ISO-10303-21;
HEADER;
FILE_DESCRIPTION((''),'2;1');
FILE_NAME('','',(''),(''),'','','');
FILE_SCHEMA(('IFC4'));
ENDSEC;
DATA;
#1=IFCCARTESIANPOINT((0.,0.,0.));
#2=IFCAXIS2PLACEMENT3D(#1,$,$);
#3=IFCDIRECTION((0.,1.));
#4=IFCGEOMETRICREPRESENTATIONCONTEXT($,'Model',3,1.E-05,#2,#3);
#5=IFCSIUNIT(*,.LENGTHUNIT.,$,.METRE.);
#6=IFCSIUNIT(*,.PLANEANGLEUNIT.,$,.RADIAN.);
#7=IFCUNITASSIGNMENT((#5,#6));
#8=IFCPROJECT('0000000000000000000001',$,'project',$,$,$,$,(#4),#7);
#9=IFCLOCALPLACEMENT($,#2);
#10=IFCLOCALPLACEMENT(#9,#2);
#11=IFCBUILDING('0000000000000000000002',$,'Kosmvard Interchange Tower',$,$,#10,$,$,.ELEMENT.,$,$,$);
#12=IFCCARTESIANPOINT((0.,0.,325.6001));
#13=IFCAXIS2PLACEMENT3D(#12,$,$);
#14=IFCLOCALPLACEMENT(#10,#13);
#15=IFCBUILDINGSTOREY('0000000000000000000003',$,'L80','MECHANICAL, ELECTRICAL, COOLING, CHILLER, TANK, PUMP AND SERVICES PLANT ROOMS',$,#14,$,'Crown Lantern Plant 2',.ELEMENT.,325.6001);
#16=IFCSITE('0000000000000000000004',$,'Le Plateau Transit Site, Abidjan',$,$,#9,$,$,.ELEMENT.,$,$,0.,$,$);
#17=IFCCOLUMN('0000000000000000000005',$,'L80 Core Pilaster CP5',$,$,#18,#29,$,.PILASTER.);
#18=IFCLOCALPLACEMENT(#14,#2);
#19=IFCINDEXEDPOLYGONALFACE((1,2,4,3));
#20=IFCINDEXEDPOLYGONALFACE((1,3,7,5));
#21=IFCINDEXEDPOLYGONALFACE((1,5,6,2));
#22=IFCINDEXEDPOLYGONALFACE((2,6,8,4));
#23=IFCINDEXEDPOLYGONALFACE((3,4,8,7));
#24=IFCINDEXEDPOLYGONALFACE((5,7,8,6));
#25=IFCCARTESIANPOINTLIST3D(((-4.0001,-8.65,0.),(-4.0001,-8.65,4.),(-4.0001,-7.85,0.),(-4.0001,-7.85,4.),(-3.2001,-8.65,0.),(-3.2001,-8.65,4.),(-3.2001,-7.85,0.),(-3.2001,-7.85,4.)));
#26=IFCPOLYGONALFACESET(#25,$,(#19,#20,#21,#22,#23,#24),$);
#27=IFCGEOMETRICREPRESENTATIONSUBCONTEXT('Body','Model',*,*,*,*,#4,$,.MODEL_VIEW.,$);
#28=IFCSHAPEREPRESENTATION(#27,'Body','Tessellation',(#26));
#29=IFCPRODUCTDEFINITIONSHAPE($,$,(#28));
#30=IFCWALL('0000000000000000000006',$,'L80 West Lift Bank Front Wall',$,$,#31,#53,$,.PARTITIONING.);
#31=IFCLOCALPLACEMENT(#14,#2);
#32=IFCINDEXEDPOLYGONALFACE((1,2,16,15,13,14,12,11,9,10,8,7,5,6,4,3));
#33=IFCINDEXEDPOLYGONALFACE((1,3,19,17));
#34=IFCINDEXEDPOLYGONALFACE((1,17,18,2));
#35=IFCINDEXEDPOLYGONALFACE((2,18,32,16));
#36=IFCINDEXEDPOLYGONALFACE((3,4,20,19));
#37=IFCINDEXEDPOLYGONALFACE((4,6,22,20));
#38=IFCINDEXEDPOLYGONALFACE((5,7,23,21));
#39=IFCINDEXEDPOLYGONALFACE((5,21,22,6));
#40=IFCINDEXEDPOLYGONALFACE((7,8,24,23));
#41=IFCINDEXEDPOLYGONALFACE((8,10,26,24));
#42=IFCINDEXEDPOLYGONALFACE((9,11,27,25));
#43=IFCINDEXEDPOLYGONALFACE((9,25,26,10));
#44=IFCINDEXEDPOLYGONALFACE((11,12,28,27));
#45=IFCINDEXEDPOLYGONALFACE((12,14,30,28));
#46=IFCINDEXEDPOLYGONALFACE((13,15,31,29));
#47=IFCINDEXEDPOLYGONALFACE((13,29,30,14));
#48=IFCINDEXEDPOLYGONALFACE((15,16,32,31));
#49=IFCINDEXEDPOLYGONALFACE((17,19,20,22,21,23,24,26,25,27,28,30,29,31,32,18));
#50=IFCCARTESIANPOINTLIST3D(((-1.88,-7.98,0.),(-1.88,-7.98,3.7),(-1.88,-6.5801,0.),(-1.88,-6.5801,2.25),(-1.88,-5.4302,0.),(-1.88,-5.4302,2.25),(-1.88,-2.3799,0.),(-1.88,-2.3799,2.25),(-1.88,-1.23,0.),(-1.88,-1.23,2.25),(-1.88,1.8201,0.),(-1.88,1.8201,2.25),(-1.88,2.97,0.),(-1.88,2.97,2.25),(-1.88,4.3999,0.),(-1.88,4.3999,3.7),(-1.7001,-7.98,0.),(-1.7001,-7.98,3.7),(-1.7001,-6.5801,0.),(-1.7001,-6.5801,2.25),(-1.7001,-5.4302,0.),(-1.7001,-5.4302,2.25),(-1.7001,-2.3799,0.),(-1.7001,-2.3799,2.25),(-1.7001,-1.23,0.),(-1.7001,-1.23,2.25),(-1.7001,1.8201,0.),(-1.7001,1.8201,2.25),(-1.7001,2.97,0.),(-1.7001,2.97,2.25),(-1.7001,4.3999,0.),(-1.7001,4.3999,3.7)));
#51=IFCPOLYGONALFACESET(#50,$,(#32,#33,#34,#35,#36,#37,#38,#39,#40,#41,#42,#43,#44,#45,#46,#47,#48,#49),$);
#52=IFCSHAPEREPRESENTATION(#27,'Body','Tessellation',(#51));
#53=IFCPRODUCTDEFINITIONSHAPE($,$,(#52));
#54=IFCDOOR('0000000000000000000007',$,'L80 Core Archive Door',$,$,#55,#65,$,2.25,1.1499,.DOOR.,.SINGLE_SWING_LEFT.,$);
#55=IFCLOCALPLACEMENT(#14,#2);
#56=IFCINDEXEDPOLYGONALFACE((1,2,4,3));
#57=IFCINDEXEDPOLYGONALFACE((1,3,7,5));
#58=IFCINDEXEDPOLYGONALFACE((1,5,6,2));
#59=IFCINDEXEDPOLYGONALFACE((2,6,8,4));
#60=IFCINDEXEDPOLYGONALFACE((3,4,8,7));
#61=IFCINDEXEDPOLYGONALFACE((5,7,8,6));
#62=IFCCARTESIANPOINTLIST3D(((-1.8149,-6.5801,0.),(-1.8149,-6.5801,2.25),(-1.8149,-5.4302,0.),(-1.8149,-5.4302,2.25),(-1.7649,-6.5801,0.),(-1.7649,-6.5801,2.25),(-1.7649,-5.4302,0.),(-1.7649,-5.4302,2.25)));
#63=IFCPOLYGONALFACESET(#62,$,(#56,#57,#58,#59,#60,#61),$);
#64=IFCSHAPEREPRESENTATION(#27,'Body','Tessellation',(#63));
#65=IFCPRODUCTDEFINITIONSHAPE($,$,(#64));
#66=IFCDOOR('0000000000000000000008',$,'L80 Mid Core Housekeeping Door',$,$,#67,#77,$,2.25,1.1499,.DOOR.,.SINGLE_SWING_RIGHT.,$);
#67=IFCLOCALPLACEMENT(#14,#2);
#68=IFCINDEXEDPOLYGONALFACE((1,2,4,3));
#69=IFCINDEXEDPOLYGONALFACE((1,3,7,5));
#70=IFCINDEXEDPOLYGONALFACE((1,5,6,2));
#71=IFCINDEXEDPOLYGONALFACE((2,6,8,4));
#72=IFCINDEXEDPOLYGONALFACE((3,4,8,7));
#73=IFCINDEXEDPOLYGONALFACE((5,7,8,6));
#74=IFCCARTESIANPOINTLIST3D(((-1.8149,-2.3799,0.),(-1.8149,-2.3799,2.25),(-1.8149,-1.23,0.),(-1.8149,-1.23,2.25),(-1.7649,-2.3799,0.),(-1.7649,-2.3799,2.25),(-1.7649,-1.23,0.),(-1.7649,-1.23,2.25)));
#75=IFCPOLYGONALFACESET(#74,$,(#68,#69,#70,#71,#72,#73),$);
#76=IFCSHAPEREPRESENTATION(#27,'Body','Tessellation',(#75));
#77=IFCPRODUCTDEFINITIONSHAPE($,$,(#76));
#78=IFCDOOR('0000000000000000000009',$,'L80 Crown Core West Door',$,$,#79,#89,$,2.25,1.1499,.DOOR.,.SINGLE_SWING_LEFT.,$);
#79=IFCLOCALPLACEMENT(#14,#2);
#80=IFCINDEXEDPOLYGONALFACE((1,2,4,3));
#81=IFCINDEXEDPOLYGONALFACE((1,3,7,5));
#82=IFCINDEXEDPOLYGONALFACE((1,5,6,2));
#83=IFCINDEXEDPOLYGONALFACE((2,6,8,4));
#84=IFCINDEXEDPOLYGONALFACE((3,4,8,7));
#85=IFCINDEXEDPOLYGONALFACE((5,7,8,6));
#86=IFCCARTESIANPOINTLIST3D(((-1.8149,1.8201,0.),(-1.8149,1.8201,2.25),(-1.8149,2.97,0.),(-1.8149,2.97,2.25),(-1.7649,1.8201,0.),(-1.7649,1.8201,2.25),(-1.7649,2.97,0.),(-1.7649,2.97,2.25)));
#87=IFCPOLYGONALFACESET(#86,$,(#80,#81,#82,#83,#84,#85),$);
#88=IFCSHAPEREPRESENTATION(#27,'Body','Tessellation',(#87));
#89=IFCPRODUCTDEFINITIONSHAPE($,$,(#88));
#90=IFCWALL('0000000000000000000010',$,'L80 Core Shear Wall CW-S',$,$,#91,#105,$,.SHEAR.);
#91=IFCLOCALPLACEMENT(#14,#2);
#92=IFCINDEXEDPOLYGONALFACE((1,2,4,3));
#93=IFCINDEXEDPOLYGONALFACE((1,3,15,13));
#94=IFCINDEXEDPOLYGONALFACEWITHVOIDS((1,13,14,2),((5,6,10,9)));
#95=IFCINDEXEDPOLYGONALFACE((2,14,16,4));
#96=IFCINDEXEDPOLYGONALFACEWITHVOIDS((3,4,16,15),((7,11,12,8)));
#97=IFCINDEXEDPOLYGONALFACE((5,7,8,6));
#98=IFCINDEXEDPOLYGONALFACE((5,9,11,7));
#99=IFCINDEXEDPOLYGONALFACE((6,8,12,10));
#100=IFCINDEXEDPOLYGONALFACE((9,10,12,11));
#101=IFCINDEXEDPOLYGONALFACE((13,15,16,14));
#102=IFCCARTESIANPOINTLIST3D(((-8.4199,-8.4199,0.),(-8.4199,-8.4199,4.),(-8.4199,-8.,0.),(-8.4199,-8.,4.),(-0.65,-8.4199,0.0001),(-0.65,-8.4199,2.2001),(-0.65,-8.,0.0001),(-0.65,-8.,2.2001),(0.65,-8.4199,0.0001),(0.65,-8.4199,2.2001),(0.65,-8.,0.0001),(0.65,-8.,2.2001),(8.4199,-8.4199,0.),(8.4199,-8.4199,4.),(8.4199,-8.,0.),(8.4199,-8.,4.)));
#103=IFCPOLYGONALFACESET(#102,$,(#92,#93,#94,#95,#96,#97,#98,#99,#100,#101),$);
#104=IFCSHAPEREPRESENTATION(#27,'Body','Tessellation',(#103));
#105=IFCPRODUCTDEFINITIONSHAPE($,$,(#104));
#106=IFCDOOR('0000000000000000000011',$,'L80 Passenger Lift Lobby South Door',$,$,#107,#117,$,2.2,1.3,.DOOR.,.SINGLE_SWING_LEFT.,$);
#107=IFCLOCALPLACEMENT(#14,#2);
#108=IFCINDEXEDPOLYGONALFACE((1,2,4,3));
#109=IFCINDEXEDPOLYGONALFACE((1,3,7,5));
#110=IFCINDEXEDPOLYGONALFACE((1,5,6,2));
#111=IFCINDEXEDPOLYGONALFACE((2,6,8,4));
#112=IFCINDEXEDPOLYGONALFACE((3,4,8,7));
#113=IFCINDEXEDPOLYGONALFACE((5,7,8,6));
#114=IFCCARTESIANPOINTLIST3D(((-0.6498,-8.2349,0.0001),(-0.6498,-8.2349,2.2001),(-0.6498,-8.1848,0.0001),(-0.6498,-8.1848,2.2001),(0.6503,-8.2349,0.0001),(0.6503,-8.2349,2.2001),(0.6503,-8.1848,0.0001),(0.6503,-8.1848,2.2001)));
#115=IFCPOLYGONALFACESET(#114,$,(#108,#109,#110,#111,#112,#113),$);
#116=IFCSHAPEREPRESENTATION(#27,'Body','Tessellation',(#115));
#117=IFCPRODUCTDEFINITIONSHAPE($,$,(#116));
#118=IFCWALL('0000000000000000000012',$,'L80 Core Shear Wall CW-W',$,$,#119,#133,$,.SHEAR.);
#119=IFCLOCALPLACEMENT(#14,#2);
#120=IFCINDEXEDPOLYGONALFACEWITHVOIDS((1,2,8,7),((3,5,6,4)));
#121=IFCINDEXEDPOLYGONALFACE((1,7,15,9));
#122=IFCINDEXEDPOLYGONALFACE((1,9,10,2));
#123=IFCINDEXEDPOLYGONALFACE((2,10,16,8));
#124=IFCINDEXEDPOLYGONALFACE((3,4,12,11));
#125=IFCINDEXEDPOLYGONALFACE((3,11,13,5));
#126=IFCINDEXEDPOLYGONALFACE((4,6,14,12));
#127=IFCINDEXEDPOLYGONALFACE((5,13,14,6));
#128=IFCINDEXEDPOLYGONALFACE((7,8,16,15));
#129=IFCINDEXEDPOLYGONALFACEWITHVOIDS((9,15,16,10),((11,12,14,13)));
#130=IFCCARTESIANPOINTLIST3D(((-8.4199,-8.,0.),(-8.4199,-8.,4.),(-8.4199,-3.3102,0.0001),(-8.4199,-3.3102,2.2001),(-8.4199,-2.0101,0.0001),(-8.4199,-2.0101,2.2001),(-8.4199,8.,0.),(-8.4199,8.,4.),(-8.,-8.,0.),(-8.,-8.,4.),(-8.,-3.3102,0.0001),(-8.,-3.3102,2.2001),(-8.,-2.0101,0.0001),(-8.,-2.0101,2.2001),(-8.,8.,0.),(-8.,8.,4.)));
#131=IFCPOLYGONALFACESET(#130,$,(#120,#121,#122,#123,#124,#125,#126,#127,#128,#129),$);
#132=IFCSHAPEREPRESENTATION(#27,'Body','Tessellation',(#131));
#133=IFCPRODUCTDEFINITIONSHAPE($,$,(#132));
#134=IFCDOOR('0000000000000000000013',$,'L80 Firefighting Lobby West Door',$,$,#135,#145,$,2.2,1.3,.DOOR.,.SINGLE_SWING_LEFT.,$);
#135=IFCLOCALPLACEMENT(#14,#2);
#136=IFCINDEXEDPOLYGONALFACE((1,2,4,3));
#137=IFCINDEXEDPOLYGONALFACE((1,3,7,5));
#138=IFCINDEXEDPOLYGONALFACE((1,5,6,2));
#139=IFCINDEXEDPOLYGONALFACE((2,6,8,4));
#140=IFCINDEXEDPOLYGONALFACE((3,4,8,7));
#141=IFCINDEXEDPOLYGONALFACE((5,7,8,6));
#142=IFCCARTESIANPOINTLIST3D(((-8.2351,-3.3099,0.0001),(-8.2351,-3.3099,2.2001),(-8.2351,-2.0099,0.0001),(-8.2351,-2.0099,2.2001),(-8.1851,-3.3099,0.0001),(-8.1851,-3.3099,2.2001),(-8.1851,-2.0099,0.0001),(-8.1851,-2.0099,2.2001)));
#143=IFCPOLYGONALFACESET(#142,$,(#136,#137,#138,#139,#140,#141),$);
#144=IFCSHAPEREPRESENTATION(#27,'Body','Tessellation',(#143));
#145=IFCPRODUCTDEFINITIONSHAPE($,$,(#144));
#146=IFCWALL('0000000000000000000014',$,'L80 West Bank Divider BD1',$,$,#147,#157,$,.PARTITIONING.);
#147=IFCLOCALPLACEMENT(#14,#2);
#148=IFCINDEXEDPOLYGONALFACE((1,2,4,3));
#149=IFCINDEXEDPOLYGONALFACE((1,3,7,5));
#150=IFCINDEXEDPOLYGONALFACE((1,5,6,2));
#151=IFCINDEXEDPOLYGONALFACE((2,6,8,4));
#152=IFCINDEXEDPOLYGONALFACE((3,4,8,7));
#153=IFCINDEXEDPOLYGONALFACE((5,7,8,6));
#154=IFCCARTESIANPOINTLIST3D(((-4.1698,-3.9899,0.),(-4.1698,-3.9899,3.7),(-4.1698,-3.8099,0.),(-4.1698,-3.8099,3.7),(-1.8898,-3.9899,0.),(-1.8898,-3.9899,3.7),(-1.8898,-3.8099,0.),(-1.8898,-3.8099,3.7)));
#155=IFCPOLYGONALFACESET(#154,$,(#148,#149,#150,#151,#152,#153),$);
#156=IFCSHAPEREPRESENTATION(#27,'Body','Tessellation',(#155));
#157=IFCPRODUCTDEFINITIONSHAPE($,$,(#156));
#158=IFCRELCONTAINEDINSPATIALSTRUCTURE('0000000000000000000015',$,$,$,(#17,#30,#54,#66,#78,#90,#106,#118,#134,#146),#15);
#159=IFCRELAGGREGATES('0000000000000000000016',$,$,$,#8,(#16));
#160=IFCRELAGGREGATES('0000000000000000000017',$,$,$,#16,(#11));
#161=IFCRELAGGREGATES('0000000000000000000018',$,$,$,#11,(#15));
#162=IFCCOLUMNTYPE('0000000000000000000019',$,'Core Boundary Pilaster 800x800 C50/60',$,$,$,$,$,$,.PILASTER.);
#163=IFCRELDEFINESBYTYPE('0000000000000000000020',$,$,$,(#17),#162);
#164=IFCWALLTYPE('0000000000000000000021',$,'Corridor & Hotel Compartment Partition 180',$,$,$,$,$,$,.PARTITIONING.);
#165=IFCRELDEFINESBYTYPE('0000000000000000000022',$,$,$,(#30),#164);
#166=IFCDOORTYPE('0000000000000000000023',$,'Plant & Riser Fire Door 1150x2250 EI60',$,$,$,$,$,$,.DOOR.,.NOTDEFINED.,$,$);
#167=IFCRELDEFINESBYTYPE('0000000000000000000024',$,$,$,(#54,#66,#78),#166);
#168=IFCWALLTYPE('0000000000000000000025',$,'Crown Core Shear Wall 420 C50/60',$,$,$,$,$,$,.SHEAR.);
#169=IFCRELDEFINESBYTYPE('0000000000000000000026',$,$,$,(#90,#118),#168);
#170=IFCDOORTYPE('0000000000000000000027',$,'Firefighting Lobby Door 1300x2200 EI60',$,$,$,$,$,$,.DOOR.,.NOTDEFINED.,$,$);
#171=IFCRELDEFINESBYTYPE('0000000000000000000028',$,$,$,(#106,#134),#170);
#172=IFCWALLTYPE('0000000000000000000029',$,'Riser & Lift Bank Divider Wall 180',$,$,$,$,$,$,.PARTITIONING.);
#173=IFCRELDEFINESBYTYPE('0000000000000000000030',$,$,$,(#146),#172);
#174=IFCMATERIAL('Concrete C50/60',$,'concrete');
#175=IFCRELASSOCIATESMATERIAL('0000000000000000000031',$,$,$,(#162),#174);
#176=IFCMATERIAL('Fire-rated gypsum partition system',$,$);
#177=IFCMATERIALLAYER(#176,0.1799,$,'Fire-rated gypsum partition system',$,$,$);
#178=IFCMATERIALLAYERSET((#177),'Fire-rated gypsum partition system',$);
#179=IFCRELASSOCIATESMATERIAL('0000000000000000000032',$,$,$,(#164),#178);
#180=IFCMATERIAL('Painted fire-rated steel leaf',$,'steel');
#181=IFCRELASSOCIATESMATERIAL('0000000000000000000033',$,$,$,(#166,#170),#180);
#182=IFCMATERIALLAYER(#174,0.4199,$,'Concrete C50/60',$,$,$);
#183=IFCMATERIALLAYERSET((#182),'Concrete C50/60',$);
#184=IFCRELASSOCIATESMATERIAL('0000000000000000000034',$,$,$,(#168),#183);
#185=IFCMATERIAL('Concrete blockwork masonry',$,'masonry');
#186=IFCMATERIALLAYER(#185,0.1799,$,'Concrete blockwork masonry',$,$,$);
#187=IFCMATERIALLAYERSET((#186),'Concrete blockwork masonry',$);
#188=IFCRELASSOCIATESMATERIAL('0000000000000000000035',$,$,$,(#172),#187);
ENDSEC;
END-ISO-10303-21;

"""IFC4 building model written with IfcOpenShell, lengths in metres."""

from ifc_helpers import new_model, si_unit, direction, frame, frame_2d, origin, origin_2d, place, context, subcontext, project, spatial, rectangle, extrude, source, transform, mapped, material, layer, layer_set, material_profile, profile_set, type_object, element, fill, save


model = new_model("IFC4")

# Units and contexts
model_context = context("Model", 3, precision=1e-05, world=origin(), true_north=direction((0.0, 1.0)))
body_context = subcontext(model_context, "Body", "Model", "MODEL_VIEW")
ifc_project = project(units=[si_unit("LENGTHUNIT", "METRE"), si_unit("PLANEANGLEUNIT", "RADIAN")], contexts=[model_context])

# Site, building, storey
site_placement = place(None, origin())
site = spatial("IfcSite", under=ifc_project, at=site_placement, Name="Le Plateau Transit Site, Abidjan", CompositionType="ELEMENT", RefElevation=0.0)
building_placement = place(site_placement, origin())
building = spatial("IfcBuilding", under=site, at=building_placement, Name="Kosmvard Interchange Tower", CompositionType="ELEMENT")
storey_placement = place(building_placement, frame((0.0, 0.0, 325.6001)))
storey = spatial("IfcBuildingStorey", under=building, at=storey_placement, Name="L80", Description="MECHANICAL, ELECTRICAL, COOLING, CHILLER, TANK, PUMP AND SERVICES PLANT ROOMS", LongName="Crown Lantern Plant 2", CompositionType="ELEMENT", Elevation=325.6001)

# Column
ifc_material_1 = material(Name="Concrete C50/60", Category="concrete")
ifc_material_profile = material_profile(ifc_material_1, rectangle(XDim=0.8, YDim=0.8, at=origin_2d()), Name="CP 800x800")
ifc_profile_set = profile_set([ifc_material_profile], Name="Concrete C50/60")
column_type = type_object("IfcColumnType", Name="Core Boundary Pilaster 800x800 C50/60", PredefinedType="PILASTER", material=ifc_profile_set)
shared_shape_1 = source(origin(), body_context, "Body", "SweptSolid", [
    extrude(rectangle(XDim=0.8, YDim=0.8, at=origin_2d()), origin(), (0.0, 0.0, 1.0), 4.0),
])
column_placement = place(storey_placement, frame((-3.6001, -8.25, 0.0), z_axis=(0.0, 0.0, 1.0), x_axis=(1.0, 0.0, 0.0)))
element("IfcColumn", 1, at=column_placement, inside=storey, type_object=column_type, Name="L80 Core Pilaster CP5", PredefinedType="PILASTER", context=body_context, shape_type="MappedRepresentation", body=[
    mapped(shared_shape_1, transform((0.0, 0.0, 0.0), scale=1.0)),
])

# Wall, openings, doors
ifc_material_2 = material(Name="Fire-rated gypsum partition system")
ifc_layer_1 = layer(ifc_material_2, 0.1799, Name="Fire-rated gypsum partition system")
ifc_layer_set_1 = layer_set([ifc_layer_1], Name="Fire-rated gypsum partition system")
wall_type_1 = type_object("IfcWallType", Name="Corridor & Hotel Compartment Partition 180", PredefinedType="PARTITIONING", material=ifc_layer_set_1)
wall_1_placement = place(storey_placement, frame((-1.79, -7.98, 0.0), z_axis=(0.0, 0.0, 1.0), x_axis=(0.0, 1.0, 0.0)))
wall_1 = element("IfcWall", 2, at=wall_1_placement, inside=storey, type_object=wall_type_1, Name="L80 West Lift Bank Front Wall", PredefinedType="PARTITIONING", context=body_context, shape_type="SweptSolid", body=[
    extrude(rectangle(XDim=12.3799, YDim=0.1799, at=frame_2d((6.1899, 0.0))), origin(), (0.0, 0.0, 1.0), 3.7),
])
opening_1_placement = place(wall_1_placement, frame((1.3999, 0.0, 0.0)))
opening_1 = element("IfcOpeningElement", 3, at=opening_1_placement, cuts=wall_1, PredefinedType="OPENING", context=body_context, shape_type="SweptSolid", body=[
    extrude(rectangle(XDim=1.1499, YDim=2.25, at=frame_2d((0.575, 1.125))), frame((0.0, 0.1001, 0.0), z_axis=(0.0, -1.0, 0.0), x_axis=(1.0, 0.0, 0.0)), (0.0, 0.0, 1.0), 0.2),
])
opening_2_placement = place(wall_1_placement, frame((5.6001, 0.0, 0.0)))
opening_2 = element("IfcOpeningElement", 4, at=opening_2_placement, cuts=wall_1, PredefinedType="OPENING", context=body_context, shape_type="SweptSolid", body=[
    extrude(rectangle(XDim=1.1499, YDim=2.25, at=frame_2d((0.575, 1.125))), frame((0.0, 0.1001, 0.0), z_axis=(0.0, -1.0, 0.0), x_axis=(1.0, 0.0, 0.0)), (0.0, 0.0, 1.0), 0.2),
])
opening_3_placement = place(wall_1_placement, frame((9.8, 0.0, 0.0)))
opening_3 = element("IfcOpeningElement", 5, at=opening_3_placement, cuts=wall_1, PredefinedType="OPENING", context=body_context, shape_type="SweptSolid", body=[
    extrude(rectangle(XDim=1.1499, YDim=2.25, at=frame_2d((0.575, 1.125))), frame((0.0, 0.1001, 0.0), z_axis=(0.0, -1.0, 0.0), x_axis=(1.0, 0.0, 0.0)), (0.0, 0.0, 1.0), 0.2),
])
ifc_material_3 = material(Name="Painted fire-rated steel leaf", Category="steel")
door_type_1 = type_object("IfcDoorType", Name="Plant & Riser Fire Door 1150x2250 EI60", OperationType="NOTDEFINED", PredefinedType="DOOR", material=ifc_material_3)
shared_shape_2 = source(origin(), body_context, "Body", "SweptSolid", [
    extrude(rectangle(XDim=1.1499, YDim=2.25, at=frame_2d((0.575, 1.125))), frame((0.0, 0.0249, 0.0), z_axis=(0.0, -1.0, 0.0), x_axis=(1.0, 0.0, 0.0)), (0.0, 0.0, 1.0), 0.05),
])
door_1_placement = place(opening_1_placement, origin())
door_1 = element("IfcDoor", 6, at=door_1_placement, inside=storey, type_object=door_type_1, Name="L80 Core Archive Door", OperationType="SINGLE_SWING_LEFT", OverallHeight=2.25, OverallWidth=1.1499, PredefinedType="DOOR", context=body_context, shape_type="MappedRepresentation", body=[
    mapped(shared_shape_2, transform((0.0, 0.0, 0.0), scale=1.0)),
])
fill(opening_1, door_1)
door_2_placement = place(opening_2_placement, origin())
door_2 = element("IfcDoor", 7, at=door_2_placement, inside=storey, type_object=door_type_1, Name="L80 Mid Core Housekeeping Door", OperationType="SINGLE_SWING_RIGHT", OverallHeight=2.25, OverallWidth=1.1499, PredefinedType="DOOR", context=body_context, shape_type="MappedRepresentation", body=[
    mapped(shared_shape_2, transform((0.0, 0.0, 0.0), scale=1.0)),
])
fill(opening_2, door_2)
door_3_placement = place(opening_3_placement, origin())
door_3 = element("IfcDoor", 8, at=door_3_placement, inside=storey, type_object=door_type_1, Name="L80 Crown Core West Door", OperationType="SINGLE_SWING_LEFT", OverallHeight=2.25, OverallWidth=1.1499, PredefinedType="DOOR", context=body_context, shape_type="MappedRepresentation", body=[
    mapped(shared_shape_2, transform((0.0, 0.0, 0.0), scale=1.0)),
])
fill(opening_3, door_3)

# Walls, openings, doors
ifc_layer_2 = layer(ifc_material_1, 0.4199, Name="Concrete C50/60")
ifc_layer_set_2 = layer_set([ifc_layer_2], Name="Concrete C50/60")
wall_type_2 = type_object("IfcWallType", Name="Crown Core Shear Wall 420 C50/60", PredefinedType="SHEAR", material=ifc_layer_set_2)
wall_2_placement = place(storey_placement, frame((-8.4199, -8.21, 0.0), z_axis=(0.0, 0.0, 1.0), x_axis=(1.0, 0.0, 0.0)))
wall_2 = element("IfcWall", 9, at=wall_2_placement, inside=storey, type_object=wall_type_2, Name="L80 Core Shear Wall CW-S", PredefinedType="SHEAR", context=body_context, shape_type="SweptSolid", body=[
    extrude(rectangle(XDim=16.8398, YDim=0.4199, at=frame_2d((8.4199, 0.0))), origin(), (0.0, 0.0, 1.0), 4.0),
])
opening_4_placement = place(wall_2_placement, frame((7.77, 0.0, 0.0)))
opening_4 = element("IfcOpeningElement", 10, at=opening_4_placement, cuts=wall_2, PredefinedType="OPENING", context=body_context, shape_type="SweptSolid", body=[
    extrude(rectangle(XDim=1.3, YDim=2.2, at=frame_2d((0.6499, 1.1001))), frame((0.0, 0.22, 0.0), z_axis=(0.0, -1.0, 0.0), x_axis=(1.0, 0.0, 0.0)), (0.0, 0.0, 1.0), 0.4399),
])
door_type_2 = type_object("IfcDoorType", Name="Firefighting Lobby Door 1300x2200 EI60", OperationType="NOTDEFINED", PredefinedType="DOOR", material=ifc_material_3)
shared_shape_3 = source(origin(), body_context, "Body", "SweptSolid", [
    extrude(rectangle(XDim=1.3, YDim=2.2, at=frame_2d((0.6499, 1.1001))), frame((0.0, 0.0249, 0.0), z_axis=(0.0, -1.0, 0.0), x_axis=(1.0, 0.0, 0.0)), (0.0, 0.0, 1.0), 0.05),
])
door_4_placement = place(opening_4_placement, frame((1.3, 0.0, 0.0), z_axis=(0.0, 0.0, 1.0), x_axis=(-1.0, 0.0, 0.0)))
door_4 = element("IfcDoor", 11, at=door_4_placement, inside=storey, type_object=door_type_2, Name="L80 Passenger Lift Lobby South Door", OperationType="SINGLE_SWING_LEFT", OverallHeight=2.2, OverallWidth=1.3, PredefinedType="DOOR", context=body_context, shape_type="MappedRepresentation", body=[
    mapped(shared_shape_3, transform((0.0, 0.0, 0.0), scale=1.0)),
])
fill(opening_4, door_4)
wall_3_placement = place(storey_placement, frame((-8.21, -8.0, 0.0), z_axis=(0.0, 0.0, 1.0), x_axis=(0.0, 1.0, 0.0)))
wall_3 = element("IfcWall", 12, at=wall_3_placement, inside=storey, type_object=wall_type_2, Name="L80 Core Shear Wall CW-W", PredefinedType="SHEAR", context=body_context, shape_type="SweptSolid", body=[
    extrude(rectangle(XDim=16.0, YDim=0.4199, at=frame_2d((8.0, 0.0))), origin(), (0.0, 0.0, 1.0), 4.0),
])
opening_5_placement = place(wall_3_placement, frame((4.6899, 0.0, 0.0)))
opening_5 = element("IfcOpeningElement", 13, at=opening_5_placement, cuts=wall_3, PredefinedType="OPENING", context=body_context, shape_type="SweptSolid", body=[
    extrude(rectangle(XDim=1.3, YDim=2.2, at=frame_2d((0.6499, 1.1001))), frame((0.0, 0.22, 0.0), z_axis=(0.0, -1.0, 0.0), x_axis=(1.0, 0.0, 0.0)), (0.0, 0.0, 1.0), 0.4399),
])
door_5_placement = place(opening_5_placement, frame((1.3, 0.0, 0.0), z_axis=(0.0, 0.0, 1.0), x_axis=(-1.0, 0.0, 0.0)))
door_5 = element("IfcDoor", 14, at=door_5_placement, inside=storey, type_object=door_type_2, Name="L80 Firefighting Lobby West Door", OperationType="SINGLE_SWING_LEFT", OverallHeight=2.2, OverallWidth=1.3, PredefinedType="DOOR", context=body_context, shape_type="MappedRepresentation", body=[
    mapped(shared_shape_3, transform((0.0, 0.0, 0.0), scale=1.0)),
])
fill(opening_5, door_5)

# Wall
ifc_material_4 = material(Name="Concrete blockwork masonry", Category="masonry")
ifc_layer_3 = layer(ifc_material_4, 0.1799, Name="Concrete blockwork masonry")
ifc_layer_set_3 = layer_set([ifc_layer_3], Name="Concrete blockwork masonry")
wall_type_3 = type_object("IfcWallType", Name="Riser & Lift Bank Divider Wall 180", PredefinedType="PARTITIONING", material=ifc_layer_set_3)
wall_4_placement = place(storey_placement, frame((-4.1699, -3.8999, 0.0), z_axis=(0.0, 0.0, 1.0), x_axis=(1.0, 0.0, 0.0)))
element("IfcWall", 15, at=wall_4_placement, inside=storey, type_object=wall_type_3, Name="L80 West Bank Divider BD1", PredefinedType="PARTITIONING", context=body_context, shape_type="SweptSolid", body=[
    extrude(rectangle(XDim=2.28, YDim=0.1799, at=frame_2d((1.1401, 0.0))), origin(), (0.0, 0.0, 1.0), 3.7),
])

save(model, "model.ifc")
